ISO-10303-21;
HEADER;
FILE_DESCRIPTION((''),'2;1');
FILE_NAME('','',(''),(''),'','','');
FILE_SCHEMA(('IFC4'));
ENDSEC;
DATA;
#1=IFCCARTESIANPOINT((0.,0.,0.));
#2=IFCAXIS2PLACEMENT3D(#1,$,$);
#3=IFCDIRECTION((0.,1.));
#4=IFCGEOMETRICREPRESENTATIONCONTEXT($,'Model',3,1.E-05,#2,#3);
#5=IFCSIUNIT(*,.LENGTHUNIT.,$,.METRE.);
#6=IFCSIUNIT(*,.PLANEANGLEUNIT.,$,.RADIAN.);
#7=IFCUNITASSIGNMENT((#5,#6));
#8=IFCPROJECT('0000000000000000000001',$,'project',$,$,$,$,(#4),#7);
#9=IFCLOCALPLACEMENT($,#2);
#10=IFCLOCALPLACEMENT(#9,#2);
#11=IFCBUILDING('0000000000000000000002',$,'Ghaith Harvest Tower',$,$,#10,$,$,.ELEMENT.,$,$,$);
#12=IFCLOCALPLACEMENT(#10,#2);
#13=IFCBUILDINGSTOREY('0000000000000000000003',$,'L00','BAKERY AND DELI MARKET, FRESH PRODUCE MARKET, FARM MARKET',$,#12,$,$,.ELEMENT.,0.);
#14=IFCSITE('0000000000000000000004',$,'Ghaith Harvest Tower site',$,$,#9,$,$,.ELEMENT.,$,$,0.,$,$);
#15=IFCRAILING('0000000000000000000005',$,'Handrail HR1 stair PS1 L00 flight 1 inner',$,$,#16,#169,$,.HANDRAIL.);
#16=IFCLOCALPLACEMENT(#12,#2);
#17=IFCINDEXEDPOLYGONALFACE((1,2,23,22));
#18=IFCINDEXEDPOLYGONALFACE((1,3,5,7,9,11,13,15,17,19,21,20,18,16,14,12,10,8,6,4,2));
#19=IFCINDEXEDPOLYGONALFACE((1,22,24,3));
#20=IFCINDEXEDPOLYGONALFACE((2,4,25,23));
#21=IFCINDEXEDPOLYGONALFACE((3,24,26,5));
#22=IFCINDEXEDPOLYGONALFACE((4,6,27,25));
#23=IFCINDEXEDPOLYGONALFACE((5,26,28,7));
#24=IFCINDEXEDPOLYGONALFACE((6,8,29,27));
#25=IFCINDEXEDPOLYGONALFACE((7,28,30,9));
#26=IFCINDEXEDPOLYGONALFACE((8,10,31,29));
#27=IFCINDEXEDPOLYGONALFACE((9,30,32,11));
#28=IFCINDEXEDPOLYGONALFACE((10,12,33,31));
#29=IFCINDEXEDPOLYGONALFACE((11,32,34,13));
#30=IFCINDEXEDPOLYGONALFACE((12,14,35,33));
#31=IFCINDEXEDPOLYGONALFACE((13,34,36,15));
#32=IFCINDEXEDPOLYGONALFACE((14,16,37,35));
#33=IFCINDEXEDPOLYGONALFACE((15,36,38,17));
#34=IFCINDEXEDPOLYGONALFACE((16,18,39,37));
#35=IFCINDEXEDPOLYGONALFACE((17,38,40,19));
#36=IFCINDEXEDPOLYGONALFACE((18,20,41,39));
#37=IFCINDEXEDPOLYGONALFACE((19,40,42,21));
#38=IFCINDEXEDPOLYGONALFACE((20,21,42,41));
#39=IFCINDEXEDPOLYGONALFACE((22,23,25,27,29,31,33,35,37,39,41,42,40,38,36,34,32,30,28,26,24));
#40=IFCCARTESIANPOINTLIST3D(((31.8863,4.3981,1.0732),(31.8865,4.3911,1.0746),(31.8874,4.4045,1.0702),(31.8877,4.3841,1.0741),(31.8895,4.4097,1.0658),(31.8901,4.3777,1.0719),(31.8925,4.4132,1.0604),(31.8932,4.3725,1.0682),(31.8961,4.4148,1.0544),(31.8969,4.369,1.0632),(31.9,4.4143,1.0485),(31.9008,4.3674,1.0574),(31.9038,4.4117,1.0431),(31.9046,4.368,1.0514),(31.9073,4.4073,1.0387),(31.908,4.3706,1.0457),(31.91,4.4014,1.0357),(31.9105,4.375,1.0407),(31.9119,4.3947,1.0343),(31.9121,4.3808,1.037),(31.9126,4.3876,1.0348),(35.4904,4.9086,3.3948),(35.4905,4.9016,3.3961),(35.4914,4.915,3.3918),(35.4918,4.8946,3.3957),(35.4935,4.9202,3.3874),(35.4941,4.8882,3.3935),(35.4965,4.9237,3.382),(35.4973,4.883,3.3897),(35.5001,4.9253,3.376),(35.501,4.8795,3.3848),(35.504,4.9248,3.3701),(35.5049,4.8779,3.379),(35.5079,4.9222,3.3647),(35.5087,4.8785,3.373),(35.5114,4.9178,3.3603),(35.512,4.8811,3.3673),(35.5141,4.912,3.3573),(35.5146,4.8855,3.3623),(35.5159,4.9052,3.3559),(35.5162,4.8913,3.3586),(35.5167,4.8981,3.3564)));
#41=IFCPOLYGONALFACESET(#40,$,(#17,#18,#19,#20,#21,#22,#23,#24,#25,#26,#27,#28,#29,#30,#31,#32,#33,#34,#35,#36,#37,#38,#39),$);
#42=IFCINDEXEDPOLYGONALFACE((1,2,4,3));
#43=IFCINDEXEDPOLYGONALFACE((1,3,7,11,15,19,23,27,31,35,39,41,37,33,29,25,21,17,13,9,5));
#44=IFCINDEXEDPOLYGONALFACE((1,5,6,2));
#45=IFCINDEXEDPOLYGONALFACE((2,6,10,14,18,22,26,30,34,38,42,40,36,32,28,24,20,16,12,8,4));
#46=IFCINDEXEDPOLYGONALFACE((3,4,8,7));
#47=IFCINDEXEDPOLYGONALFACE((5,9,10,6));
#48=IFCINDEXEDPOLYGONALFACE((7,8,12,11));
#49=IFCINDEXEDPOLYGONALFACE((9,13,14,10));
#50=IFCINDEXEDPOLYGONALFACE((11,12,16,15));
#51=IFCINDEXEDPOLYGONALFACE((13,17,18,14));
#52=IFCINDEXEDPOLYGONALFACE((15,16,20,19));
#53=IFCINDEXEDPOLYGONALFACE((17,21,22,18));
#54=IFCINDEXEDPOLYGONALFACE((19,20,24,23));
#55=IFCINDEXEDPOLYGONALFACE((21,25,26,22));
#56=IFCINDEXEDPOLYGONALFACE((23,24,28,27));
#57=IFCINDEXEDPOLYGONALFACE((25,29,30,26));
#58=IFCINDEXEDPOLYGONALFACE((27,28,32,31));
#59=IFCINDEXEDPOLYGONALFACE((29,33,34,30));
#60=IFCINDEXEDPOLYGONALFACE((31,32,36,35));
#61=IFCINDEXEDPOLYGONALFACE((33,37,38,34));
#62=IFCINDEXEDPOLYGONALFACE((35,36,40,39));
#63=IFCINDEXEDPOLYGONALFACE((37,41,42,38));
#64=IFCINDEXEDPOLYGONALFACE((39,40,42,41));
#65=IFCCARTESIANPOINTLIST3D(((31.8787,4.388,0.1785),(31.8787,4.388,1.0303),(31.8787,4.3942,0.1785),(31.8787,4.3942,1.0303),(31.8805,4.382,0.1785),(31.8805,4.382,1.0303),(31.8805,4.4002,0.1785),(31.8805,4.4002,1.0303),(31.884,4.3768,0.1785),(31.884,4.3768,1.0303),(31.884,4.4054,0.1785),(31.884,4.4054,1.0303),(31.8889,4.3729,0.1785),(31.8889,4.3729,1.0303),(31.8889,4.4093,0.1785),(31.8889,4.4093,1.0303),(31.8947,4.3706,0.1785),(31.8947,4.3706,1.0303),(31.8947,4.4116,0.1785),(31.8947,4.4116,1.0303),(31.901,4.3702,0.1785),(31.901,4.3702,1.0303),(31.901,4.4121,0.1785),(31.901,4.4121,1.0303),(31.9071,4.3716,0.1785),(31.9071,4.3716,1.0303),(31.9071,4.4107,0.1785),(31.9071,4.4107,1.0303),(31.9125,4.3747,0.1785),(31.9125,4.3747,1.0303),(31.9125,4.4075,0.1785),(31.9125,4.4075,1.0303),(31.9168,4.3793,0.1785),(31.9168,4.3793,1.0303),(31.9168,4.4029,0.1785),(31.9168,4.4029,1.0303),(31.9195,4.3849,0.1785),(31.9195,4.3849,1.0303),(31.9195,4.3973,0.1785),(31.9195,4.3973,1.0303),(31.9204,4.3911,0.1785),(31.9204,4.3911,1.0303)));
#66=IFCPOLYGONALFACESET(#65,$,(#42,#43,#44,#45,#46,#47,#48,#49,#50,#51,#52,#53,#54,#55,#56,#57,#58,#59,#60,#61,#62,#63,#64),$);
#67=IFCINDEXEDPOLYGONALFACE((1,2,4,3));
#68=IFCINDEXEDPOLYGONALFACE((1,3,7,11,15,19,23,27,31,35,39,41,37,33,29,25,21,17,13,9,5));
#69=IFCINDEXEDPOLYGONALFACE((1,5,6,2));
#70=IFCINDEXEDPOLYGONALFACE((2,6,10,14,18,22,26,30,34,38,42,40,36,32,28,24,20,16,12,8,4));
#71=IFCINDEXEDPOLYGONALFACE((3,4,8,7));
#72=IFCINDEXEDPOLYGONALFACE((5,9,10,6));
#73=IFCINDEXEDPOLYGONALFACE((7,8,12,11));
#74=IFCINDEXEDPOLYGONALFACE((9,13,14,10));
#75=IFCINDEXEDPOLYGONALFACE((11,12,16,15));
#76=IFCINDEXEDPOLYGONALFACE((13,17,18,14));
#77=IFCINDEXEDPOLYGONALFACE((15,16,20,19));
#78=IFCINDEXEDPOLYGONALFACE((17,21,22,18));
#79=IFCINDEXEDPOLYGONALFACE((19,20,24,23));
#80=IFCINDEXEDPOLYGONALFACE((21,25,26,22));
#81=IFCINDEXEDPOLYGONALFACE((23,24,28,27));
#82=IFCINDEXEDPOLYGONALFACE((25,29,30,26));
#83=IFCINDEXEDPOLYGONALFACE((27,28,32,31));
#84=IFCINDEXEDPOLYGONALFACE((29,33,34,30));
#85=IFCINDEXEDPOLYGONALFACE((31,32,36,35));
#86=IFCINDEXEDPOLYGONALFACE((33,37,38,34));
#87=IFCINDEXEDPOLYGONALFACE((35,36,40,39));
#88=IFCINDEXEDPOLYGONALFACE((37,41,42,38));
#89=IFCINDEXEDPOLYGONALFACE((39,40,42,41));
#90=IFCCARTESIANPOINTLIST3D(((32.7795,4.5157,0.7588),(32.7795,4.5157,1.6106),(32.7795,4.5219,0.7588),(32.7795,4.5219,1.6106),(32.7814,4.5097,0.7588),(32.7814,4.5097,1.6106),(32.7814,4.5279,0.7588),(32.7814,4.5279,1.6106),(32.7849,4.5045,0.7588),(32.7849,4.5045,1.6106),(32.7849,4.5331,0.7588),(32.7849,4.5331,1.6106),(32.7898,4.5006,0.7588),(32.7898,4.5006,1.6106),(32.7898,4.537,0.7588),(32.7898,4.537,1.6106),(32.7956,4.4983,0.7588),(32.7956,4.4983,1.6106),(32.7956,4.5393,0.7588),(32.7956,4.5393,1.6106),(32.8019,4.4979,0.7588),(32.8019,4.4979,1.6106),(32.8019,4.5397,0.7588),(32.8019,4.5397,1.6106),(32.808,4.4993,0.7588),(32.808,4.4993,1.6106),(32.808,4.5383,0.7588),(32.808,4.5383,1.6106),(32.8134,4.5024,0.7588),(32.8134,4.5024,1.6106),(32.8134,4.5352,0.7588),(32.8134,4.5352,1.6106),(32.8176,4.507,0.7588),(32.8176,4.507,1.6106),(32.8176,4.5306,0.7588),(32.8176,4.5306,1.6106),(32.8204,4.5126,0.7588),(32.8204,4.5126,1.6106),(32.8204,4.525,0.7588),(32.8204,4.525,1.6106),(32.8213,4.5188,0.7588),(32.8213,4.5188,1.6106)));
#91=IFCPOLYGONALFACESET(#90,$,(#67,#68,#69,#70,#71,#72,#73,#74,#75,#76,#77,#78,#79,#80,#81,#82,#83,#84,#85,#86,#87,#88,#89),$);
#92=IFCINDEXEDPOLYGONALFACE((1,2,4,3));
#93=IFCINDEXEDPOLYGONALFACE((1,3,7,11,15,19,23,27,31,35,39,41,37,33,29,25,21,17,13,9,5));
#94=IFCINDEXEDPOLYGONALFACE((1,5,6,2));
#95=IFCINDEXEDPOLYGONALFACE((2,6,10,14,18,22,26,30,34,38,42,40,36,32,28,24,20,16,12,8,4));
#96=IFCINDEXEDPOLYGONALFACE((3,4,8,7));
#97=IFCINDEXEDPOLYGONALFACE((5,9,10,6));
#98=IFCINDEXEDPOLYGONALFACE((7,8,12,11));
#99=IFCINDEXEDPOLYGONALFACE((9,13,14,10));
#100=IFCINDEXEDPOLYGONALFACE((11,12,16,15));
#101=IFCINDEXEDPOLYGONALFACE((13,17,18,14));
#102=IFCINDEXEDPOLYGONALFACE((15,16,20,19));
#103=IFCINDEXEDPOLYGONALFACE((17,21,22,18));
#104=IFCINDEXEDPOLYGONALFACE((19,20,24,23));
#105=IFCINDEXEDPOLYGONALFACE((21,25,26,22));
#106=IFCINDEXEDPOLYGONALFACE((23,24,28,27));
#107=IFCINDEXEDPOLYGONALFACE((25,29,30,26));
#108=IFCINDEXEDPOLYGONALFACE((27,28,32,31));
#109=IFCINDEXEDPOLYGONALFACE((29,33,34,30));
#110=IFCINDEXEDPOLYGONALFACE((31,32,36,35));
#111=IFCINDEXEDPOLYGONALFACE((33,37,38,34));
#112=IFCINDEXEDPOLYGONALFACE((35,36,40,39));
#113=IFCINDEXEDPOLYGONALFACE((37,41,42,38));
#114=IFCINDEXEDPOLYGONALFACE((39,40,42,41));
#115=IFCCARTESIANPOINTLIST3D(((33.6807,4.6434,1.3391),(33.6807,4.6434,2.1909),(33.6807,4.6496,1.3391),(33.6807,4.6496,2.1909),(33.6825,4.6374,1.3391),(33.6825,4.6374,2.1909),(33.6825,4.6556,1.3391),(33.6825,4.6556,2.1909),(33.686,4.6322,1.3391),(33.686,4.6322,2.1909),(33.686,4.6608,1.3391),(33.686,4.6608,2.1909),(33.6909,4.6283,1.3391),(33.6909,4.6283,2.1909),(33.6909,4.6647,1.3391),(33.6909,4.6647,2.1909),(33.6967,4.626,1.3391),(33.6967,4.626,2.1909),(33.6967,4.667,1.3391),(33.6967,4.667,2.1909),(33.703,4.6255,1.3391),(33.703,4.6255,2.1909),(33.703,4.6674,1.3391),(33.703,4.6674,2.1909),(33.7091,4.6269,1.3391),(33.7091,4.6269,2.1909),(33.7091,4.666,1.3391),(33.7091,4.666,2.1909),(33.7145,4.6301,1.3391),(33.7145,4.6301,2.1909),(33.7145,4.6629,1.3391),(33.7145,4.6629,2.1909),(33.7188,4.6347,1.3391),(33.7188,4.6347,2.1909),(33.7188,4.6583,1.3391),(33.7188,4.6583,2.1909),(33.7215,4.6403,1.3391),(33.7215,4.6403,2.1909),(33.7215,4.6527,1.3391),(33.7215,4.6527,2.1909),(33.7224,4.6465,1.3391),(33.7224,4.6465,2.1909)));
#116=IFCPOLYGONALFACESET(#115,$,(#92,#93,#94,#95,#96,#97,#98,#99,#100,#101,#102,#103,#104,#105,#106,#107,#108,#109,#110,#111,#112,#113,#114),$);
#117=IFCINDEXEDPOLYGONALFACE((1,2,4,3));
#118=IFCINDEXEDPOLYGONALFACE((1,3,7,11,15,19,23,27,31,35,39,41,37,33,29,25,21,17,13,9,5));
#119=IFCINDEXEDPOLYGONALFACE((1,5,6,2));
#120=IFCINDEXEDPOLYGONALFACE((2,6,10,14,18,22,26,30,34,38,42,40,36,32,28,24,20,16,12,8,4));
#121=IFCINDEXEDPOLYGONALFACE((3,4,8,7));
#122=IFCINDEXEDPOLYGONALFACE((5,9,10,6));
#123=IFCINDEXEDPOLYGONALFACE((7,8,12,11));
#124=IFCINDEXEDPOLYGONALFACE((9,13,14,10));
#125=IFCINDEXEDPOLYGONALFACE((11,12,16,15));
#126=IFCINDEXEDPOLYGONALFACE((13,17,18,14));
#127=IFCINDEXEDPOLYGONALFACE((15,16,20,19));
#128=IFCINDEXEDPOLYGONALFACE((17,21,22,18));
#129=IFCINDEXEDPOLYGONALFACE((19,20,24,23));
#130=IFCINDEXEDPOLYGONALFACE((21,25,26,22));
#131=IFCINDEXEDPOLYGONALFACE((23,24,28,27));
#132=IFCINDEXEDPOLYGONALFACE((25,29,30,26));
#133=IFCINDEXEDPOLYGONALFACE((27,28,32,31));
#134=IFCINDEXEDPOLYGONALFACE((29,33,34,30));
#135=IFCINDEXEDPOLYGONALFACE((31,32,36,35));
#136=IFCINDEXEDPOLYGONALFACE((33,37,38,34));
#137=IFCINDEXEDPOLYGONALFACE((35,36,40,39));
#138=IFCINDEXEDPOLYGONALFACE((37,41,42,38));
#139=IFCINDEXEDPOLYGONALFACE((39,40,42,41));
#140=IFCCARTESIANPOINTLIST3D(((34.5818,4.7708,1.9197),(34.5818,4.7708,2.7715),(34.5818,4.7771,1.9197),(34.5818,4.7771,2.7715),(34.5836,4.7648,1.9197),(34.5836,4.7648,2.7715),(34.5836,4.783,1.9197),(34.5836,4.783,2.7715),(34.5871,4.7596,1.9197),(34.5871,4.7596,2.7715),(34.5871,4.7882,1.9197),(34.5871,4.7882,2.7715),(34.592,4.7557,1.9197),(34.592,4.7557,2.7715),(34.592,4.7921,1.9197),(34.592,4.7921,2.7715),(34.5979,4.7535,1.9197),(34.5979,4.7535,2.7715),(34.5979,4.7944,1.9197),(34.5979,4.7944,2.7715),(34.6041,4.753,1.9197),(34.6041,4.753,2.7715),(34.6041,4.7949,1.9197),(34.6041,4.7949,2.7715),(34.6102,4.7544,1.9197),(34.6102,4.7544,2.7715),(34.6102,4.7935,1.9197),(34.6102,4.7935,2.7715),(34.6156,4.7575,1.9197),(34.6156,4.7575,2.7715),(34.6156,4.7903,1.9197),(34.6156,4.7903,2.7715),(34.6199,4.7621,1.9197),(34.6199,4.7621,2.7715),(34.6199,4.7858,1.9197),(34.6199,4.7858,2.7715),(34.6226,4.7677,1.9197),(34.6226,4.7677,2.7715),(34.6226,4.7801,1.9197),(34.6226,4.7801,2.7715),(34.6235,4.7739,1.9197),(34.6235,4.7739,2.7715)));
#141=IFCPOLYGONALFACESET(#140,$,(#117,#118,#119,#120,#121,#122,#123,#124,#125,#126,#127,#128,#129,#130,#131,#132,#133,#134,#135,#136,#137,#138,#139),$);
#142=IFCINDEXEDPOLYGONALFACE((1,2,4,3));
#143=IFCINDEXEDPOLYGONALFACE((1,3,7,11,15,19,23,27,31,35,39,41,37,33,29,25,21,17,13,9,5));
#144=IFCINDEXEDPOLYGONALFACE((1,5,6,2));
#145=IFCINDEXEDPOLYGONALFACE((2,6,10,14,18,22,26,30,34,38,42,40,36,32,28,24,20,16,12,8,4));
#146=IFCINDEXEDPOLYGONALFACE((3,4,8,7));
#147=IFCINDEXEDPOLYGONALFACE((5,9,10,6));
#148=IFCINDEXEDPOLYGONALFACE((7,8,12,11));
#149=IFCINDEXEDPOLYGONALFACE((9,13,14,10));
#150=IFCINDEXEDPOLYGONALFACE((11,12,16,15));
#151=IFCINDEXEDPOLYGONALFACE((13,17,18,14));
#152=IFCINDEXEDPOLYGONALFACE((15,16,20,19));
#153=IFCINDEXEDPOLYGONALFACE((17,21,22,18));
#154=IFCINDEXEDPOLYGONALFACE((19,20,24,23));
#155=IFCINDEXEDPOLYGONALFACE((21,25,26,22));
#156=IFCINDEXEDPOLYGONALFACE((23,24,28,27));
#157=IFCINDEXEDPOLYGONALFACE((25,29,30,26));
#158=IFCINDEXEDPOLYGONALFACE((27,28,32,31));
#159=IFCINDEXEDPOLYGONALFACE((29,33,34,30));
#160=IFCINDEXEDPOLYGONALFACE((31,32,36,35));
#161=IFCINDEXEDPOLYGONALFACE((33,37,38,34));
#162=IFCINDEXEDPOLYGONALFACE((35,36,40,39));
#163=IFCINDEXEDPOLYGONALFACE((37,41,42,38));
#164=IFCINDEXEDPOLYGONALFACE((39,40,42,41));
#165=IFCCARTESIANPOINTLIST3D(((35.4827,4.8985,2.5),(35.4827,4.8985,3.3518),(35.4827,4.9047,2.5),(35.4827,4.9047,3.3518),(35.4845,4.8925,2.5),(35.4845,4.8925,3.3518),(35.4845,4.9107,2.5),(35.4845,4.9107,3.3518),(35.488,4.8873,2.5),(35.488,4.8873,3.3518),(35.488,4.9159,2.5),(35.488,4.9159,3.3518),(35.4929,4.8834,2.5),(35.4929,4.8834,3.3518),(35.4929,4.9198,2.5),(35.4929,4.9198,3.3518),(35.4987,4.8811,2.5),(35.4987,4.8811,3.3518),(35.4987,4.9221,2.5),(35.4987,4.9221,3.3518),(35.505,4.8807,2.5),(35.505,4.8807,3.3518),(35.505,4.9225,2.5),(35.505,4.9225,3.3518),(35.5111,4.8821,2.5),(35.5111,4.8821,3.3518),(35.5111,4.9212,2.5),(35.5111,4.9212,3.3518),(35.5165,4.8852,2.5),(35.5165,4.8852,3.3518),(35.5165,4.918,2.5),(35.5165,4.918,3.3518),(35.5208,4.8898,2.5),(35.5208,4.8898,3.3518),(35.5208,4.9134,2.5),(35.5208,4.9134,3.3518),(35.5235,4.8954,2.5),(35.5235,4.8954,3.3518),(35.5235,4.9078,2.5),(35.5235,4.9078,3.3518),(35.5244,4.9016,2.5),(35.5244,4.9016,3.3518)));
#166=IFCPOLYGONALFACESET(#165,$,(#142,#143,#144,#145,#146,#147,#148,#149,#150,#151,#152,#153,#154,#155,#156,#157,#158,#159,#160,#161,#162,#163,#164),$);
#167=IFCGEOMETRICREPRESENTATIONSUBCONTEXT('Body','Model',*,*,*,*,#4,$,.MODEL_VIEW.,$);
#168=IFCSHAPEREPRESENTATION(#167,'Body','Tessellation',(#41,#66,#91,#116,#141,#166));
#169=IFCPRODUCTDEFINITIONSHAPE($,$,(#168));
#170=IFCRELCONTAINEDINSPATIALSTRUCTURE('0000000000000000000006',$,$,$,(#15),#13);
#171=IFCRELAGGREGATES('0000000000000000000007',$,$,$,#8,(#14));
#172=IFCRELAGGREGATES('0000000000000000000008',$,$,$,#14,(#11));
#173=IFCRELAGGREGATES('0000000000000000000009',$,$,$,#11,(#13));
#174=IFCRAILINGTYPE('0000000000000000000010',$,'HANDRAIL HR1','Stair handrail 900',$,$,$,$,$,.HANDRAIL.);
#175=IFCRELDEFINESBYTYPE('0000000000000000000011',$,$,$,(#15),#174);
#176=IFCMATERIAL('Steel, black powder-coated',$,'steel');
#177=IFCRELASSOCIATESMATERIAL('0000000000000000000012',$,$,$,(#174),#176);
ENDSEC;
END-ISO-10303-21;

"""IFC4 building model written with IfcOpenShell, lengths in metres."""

from ifc_helpers import new_model, si_unit, direction, frame, origin, origin_2d, place, context, subcontext, project, spatial, circle, extrude, material, type_object, element, save


model = new_model("IFC4")

# Units and contexts
model_context = context("Model", 3, precision=1e-05, world=origin(), true_north=direction((0.0, 1.0)))
body_context = subcontext(model_context, "Body", "Model", "MODEL_VIEW")
ifc_project = project(units=[si_unit("LENGTHUNIT", "METRE"), si_unit("PLANEANGLEUNIT", "RADIAN")], contexts=[model_context])

# Site, building, storey
site_placement = place(None, origin())
site = spatial("IfcSite", under=ifc_project, at=site_placement, Name="Ghaith Harvest Tower site", CompositionType="ELEMENT", RefElevation=0.0)
building_placement = place(site_placement, origin())
building = spatial("IfcBuilding", under=site, at=building_placement, Name="Ghaith Harvest Tower", CompositionType="ELEMENT")
storey_placement = place(building_placement, origin())
storey = spatial("IfcBuildingStorey", under=building, at=storey_placement, Name="L00", Description="BAKERY AND DELI MARKET, FRESH PRODUCE MARKET, FARM MARKET", CompositionType="ELEMENT", Elevation=0.0)

# Railing
ifc_material_1 = material(Name="Steel, black powder-coated", Category="steel")
railing_type = type_object("IfcRailingType", Name="HANDRAIL HR1", Description="Stair handrail 900", PredefinedType="HANDRAIL", material=ifc_material_1)
railing_1_placement = place(storey_placement, frame((31.8994, 4.3911, 0.1785)))
element("IfcRailing", 1, at=railing_1_placement, inside=storey, type_object=railing_type, Name="Handrail HR1 stair PS1 L00 flight 1 inner", PredefinedType="HANDRAIL", context=body_context, shape_type="SweptSolid", body=[
    extrude(circle(Radius=0.0239, at=origin_2d()), frame((0.0, 0.0, 0.876), z_axis=(0.834784, 0.118245, 0.53773), x_axis=(-0.140247, 0.990116, 0.0)), (0.0, 0.0, 1.0), 4.3174),
    extrude(circle(Radius=0.021, at=origin_2d()), origin(), (0.0, 0.0, 1.0), 0.8518),
    extrude(circle(Radius=0.021, at=origin_2d()), frame((0.9009, 0.1277, 0.5803)), (0.0, 0.0, 1.0), 0.8518),
    extrude(circle(Radius=0.021, at=origin_2d()), frame((1.802, 0.2554, 1.1606)), (0.0, 0.0, 1.0), 0.8518),
    extrude(circle(Radius=0.021, at=origin_2d()), frame((2.7031, 0.3828, 1.7412)), (0.0, 0.0, 1.0), 0.8518),
    extrude(circle(Radius=0.021, at=origin_2d()), frame((3.604, 0.5105, 2.3215)), (0.0, 0.0, 1.0), 0.8518),
])

save(model, "model.ifc")
